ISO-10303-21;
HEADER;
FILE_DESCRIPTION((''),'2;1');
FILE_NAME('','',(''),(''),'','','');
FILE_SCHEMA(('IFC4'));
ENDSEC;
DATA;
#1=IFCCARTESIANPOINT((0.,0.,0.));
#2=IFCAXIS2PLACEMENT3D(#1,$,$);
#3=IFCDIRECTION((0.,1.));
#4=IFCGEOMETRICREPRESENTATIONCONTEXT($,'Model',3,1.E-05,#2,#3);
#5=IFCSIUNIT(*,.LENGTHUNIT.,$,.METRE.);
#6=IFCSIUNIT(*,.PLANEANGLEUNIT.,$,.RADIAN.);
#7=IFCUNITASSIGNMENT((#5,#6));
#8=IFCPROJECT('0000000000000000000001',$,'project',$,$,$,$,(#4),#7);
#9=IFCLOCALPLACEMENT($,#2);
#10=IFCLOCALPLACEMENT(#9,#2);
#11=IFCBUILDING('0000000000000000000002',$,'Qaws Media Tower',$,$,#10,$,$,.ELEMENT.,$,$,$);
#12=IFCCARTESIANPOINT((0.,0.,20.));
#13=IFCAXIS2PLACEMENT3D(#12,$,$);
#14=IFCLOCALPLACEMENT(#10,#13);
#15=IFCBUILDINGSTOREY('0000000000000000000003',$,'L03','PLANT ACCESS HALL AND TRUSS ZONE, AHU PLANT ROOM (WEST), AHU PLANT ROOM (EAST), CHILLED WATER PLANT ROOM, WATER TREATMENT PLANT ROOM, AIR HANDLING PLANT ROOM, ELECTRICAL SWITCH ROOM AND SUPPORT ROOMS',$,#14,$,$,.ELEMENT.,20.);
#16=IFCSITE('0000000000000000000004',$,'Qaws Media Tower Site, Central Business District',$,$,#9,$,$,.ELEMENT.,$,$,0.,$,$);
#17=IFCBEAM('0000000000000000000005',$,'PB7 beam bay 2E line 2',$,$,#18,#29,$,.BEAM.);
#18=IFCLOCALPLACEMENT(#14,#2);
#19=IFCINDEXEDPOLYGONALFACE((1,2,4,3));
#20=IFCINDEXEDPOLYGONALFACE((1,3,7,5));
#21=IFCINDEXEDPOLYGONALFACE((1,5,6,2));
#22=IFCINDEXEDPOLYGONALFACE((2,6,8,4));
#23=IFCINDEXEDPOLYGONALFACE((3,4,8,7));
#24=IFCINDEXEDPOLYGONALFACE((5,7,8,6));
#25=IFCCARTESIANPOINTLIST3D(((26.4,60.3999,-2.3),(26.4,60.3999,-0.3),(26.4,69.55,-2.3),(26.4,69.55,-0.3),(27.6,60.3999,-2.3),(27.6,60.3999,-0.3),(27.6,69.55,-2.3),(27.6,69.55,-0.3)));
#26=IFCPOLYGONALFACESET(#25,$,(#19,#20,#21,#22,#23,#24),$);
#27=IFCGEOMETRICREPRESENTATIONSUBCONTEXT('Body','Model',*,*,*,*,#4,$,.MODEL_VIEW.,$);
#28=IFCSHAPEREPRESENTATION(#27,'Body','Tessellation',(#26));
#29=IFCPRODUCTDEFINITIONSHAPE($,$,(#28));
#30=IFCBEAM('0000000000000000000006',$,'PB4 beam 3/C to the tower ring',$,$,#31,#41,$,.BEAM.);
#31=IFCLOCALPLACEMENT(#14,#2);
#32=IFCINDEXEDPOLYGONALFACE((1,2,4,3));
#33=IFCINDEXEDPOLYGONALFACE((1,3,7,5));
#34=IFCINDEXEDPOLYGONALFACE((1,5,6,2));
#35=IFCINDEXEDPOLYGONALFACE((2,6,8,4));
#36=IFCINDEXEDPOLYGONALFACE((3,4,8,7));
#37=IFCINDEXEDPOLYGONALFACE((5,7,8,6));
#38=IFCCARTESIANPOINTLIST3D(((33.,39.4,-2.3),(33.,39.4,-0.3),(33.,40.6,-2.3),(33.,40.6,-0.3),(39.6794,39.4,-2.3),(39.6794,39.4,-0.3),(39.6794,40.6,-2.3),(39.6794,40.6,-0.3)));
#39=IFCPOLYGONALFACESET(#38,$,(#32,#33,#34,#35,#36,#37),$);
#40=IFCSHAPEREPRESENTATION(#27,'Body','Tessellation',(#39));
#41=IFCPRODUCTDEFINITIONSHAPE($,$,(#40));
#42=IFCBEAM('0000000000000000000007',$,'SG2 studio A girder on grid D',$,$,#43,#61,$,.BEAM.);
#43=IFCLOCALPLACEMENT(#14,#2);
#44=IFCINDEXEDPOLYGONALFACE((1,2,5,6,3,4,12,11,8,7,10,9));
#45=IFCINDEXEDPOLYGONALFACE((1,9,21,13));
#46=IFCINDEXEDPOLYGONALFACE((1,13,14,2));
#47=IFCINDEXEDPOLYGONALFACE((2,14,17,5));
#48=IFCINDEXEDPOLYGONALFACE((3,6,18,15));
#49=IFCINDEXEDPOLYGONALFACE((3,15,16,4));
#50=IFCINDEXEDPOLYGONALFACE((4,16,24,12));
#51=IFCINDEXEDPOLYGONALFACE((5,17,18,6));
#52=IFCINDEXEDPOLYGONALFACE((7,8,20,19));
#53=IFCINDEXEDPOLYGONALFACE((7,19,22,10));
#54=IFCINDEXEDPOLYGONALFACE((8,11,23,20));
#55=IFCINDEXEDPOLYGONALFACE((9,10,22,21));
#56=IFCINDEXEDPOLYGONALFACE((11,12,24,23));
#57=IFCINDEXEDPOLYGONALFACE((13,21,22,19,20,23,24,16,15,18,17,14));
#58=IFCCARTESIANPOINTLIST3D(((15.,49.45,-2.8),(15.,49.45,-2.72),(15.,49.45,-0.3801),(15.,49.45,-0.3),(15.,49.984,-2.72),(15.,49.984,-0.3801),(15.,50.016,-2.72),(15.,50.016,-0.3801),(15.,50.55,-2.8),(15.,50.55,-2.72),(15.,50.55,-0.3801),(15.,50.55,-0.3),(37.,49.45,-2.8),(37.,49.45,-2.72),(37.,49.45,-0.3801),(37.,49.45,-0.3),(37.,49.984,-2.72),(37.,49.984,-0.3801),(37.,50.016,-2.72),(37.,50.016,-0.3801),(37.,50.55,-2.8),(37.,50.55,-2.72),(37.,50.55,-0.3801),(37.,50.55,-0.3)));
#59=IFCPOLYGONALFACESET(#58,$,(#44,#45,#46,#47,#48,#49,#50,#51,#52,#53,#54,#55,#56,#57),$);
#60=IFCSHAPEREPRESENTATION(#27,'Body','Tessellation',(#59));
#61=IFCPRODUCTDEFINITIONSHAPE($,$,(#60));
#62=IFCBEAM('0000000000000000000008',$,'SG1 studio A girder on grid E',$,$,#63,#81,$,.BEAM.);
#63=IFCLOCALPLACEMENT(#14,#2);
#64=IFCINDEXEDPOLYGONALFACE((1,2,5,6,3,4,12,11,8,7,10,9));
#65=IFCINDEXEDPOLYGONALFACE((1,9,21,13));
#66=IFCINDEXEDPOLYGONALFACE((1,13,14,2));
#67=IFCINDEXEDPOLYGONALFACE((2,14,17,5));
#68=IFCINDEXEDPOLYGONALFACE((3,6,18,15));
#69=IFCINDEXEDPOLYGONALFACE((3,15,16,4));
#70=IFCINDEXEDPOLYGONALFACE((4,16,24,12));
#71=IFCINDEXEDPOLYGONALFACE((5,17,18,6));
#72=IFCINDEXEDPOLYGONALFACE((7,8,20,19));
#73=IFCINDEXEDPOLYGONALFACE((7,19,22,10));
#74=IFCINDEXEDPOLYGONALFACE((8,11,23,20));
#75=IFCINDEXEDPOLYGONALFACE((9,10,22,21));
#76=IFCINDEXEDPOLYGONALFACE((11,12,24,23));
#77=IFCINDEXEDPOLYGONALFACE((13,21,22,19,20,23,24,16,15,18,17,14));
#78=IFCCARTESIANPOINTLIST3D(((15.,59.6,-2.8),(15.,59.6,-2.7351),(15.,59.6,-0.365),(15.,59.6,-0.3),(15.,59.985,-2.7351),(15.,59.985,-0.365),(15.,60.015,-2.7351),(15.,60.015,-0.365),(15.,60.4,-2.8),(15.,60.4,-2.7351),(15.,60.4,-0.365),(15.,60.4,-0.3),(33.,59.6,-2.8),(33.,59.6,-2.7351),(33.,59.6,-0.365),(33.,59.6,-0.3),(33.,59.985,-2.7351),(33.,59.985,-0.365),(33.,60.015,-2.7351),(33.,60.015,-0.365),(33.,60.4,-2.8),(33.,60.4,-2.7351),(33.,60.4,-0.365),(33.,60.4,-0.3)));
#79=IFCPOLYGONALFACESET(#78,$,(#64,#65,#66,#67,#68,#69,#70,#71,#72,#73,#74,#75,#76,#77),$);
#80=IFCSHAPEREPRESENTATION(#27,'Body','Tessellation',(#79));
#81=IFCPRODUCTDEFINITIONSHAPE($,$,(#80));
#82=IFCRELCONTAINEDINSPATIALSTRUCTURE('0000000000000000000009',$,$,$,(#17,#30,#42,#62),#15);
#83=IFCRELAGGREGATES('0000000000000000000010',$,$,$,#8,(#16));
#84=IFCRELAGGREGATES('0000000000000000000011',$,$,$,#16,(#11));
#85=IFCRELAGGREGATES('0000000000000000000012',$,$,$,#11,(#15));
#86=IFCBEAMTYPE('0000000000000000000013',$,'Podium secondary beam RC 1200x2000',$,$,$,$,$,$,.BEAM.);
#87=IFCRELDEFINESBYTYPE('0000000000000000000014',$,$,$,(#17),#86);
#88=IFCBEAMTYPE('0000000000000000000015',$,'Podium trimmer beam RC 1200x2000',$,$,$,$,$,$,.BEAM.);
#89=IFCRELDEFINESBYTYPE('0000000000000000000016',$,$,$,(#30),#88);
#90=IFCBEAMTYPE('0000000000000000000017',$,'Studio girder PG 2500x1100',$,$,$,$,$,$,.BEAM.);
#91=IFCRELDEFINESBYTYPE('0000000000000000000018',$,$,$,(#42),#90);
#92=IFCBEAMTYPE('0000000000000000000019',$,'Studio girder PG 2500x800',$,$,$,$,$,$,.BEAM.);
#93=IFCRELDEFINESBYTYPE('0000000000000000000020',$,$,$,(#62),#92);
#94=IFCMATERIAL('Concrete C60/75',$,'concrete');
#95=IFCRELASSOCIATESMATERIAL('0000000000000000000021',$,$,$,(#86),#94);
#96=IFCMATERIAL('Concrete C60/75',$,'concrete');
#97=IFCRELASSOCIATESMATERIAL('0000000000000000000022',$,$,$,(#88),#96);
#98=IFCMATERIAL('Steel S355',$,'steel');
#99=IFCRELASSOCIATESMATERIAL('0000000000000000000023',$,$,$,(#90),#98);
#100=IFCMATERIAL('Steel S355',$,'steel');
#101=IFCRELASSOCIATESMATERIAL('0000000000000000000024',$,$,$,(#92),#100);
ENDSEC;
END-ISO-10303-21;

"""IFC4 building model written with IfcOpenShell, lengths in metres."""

from ifc_helpers import new_model, si_unit, direction, frame, origin, origin_2d, place, context, subcontext, project, spatial, rectangle, i_section, extrude, material, material_profile, profile_set, type_object, element, save


model = new_model("IFC4")

# Units and contexts
model_context = context("Model", 3, precision=1e-05, world=origin(), true_north=direction((0.0, 1.0)))
body_context = subcontext(model_context, "Body", "Model", "MODEL_VIEW")
ifc_project = project(units=[si_unit("LENGTHUNIT", "METRE"), si_unit("PLANEANGLEUNIT", "RADIAN")], contexts=[model_context])

# Site, building, storey
site_placement = place(None, origin())
site = spatial("IfcSite", under=ifc_project, at=site_placement, Name="Qaws Media Tower Site, Central Business District", CompositionType="ELEMENT", RefElevation=0.0)
building_placement = place(site_placement, origin())
building = spatial("IfcBuilding", under=site, at=building_placement, Name="Qaws Media Tower", CompositionType="ELEMENT")
storey_placement = place(building_placement, frame((0.0, 0.0, 20.0)))
storey = spatial("IfcBuildingStorey", under=building, at=storey_placement, Name="L03", Description="PLANT ACCESS HALL AND TRUSS ZONE, AHU PLANT ROOM (WEST), AHU PLANT ROOM (EAST), CHILLED WATER PLANT ROOM, WATER TREATMENT PLANT ROOM, AIR HANDLING PLANT ROOM, ELECTRICAL SWITCH ROOM AND SUPPORT ROOMS", CompositionType="ELEMENT", Elevation=20.0)

# Beams
ifc_material_1 = material(Name="Concrete C60/75", Category="concrete")
ifc_material_profile_1 = material_profile(ifc_material_1, rectangle(XDim=1.2, YDim=2.0, at=origin_2d()), Name="RC 1200x2000")
ifc_profile_set_1 = profile_set([ifc_material_profile_1], Name="Concrete C60/75")
beam_type_1 = type_object("IfcBeamType", Name="Podium secondary beam RC 1200x2000", PredefinedType="BEAM", material=ifc_profile_set_1)
for number, where, z_axis, x_axis, name in (
    (1, (27.0, 60.3999, -1.3), (0.0, 1.0, 0.0), (-1.0, 0.0, 0.0), "PB7 beam bay 2E line 2"),
):
    element("IfcBeam", number, at=place(storey_placement, frame(where, z_axis=z_axis, x_axis=x_axis)), inside=storey, type_object=beam_type_1, Name=name, PredefinedType="BEAM", context=body_context, shape_type="SweptSolid", body=[
        extrude(rectangle(XDim=1.2, YDim=2.0, at=origin_2d()), origin(), (0.0, 0.0, 1.0), 9.1501),
    ])
ifc_material_2 = material(Name="Concrete C60/75", Category="concrete")
ifc_material_profile_2 = material_profile(ifc_material_2, rectangle(XDim=1.2, YDim=2.0, at=origin_2d()), Name="RC 1200x2000")
ifc_profile_set_2 = profile_set([ifc_material_profile_2], Name="Concrete C60/75")
beam_type_2 = type_object("IfcBeamType", Name="Podium trimmer beam RC 1200x2000", PredefinedType="BEAM", material=ifc_profile_set_2)
beam_1_placement = place(storey_placement, frame((33.0, 40.0, -1.3), z_axis=(1.0, 0.0, 0.0), x_axis=(0.0, 1.0, 0.0)))
element("IfcBeam", 2, at=beam_1_placement, inside=storey, type_object=beam_type_2, Name="PB4 beam 3/C to the tower ring", PredefinedType="BEAM", context=body_context, shape_type="SweptSolid", body=[
    extrude(rectangle(XDim=1.2, YDim=2.0, at=origin_2d()), origin(), (0.0, 0.0, 1.0), 6.6794),
])
ifc_material_3 = material(Name="Steel S355", Category="steel")
ifc_material_profile_3 = material_profile(ifc_material_3, i_section(OverallWidth=1.1001, OverallDepth=2.5, WebThickness=0.032, FlangeThickness=0.0801, at=origin_2d()), Name="PG 2500x1100")
ifc_profile_set_3 = profile_set([ifc_material_profile_3], Name="Steel S355")
beam_type_3 = type_object("IfcBeamType", Name="Studio girder PG 2500x1100", PredefinedType="BEAM", material=ifc_profile_set_3)
beam_2_placement = place(storey_placement, frame((15.0, 50.0, -1.55), z_axis=(1.0, 0.0, 0.0), x_axis=(0.0, 1.0, 0.0)))
element("IfcBeam", 3, at=beam_2_placement, inside=storey, type_object=beam_type_3, Name="SG2 studio A girder on grid D", PredefinedType="BEAM", context=body_context, shape_type="SweptSolid", body=[
    extrude(i_section(OverallWidth=1.1001, OverallDepth=2.5, WebThickness=0.032, FlangeThickness=0.0801, at=origin_2d()), origin(), (0.0, 0.0, 1.0), 22.0),
])
ifc_material_4 = material(Name="Steel S355", Category="steel")
ifc_material_profile_4 = material_profile(ifc_material_4, i_section(OverallWidth=0.8, OverallDepth=2.5, WebThickness=0.03, FlangeThickness=0.0649, at=origin_2d()), Name="PG 2500x800")
ifc_profile_set_4 = profile_set([ifc_material_profile_4], Name="Steel S355")
beam_type_4 = type_object("IfcBeamType", Name="Studio girder PG 2500x800", PredefinedType="BEAM", material=ifc_profile_set_4)
beam_3_placement = place(storey_placement, frame((15.0, 60.0, -1.55), z_axis=(1.0, 0.0, 0.0), x_axis=(0.0, 1.0, 0.0)))
element("IfcBeam", 4, at=beam_3_placement, inside=storey, type_object=beam_type_4, Name="SG1 studio A girder on grid E", PredefinedType="BEAM", context=body_context, shape_type="SweptSolid", body=[
    extrude(i_section(OverallWidth=0.8, OverallDepth=2.5, WebThickness=0.03, FlangeThickness=0.0649, at=origin_2d()), origin(), (0.0, 0.0, 1.0), 18.0),
])

save(model, "model.ifc")
